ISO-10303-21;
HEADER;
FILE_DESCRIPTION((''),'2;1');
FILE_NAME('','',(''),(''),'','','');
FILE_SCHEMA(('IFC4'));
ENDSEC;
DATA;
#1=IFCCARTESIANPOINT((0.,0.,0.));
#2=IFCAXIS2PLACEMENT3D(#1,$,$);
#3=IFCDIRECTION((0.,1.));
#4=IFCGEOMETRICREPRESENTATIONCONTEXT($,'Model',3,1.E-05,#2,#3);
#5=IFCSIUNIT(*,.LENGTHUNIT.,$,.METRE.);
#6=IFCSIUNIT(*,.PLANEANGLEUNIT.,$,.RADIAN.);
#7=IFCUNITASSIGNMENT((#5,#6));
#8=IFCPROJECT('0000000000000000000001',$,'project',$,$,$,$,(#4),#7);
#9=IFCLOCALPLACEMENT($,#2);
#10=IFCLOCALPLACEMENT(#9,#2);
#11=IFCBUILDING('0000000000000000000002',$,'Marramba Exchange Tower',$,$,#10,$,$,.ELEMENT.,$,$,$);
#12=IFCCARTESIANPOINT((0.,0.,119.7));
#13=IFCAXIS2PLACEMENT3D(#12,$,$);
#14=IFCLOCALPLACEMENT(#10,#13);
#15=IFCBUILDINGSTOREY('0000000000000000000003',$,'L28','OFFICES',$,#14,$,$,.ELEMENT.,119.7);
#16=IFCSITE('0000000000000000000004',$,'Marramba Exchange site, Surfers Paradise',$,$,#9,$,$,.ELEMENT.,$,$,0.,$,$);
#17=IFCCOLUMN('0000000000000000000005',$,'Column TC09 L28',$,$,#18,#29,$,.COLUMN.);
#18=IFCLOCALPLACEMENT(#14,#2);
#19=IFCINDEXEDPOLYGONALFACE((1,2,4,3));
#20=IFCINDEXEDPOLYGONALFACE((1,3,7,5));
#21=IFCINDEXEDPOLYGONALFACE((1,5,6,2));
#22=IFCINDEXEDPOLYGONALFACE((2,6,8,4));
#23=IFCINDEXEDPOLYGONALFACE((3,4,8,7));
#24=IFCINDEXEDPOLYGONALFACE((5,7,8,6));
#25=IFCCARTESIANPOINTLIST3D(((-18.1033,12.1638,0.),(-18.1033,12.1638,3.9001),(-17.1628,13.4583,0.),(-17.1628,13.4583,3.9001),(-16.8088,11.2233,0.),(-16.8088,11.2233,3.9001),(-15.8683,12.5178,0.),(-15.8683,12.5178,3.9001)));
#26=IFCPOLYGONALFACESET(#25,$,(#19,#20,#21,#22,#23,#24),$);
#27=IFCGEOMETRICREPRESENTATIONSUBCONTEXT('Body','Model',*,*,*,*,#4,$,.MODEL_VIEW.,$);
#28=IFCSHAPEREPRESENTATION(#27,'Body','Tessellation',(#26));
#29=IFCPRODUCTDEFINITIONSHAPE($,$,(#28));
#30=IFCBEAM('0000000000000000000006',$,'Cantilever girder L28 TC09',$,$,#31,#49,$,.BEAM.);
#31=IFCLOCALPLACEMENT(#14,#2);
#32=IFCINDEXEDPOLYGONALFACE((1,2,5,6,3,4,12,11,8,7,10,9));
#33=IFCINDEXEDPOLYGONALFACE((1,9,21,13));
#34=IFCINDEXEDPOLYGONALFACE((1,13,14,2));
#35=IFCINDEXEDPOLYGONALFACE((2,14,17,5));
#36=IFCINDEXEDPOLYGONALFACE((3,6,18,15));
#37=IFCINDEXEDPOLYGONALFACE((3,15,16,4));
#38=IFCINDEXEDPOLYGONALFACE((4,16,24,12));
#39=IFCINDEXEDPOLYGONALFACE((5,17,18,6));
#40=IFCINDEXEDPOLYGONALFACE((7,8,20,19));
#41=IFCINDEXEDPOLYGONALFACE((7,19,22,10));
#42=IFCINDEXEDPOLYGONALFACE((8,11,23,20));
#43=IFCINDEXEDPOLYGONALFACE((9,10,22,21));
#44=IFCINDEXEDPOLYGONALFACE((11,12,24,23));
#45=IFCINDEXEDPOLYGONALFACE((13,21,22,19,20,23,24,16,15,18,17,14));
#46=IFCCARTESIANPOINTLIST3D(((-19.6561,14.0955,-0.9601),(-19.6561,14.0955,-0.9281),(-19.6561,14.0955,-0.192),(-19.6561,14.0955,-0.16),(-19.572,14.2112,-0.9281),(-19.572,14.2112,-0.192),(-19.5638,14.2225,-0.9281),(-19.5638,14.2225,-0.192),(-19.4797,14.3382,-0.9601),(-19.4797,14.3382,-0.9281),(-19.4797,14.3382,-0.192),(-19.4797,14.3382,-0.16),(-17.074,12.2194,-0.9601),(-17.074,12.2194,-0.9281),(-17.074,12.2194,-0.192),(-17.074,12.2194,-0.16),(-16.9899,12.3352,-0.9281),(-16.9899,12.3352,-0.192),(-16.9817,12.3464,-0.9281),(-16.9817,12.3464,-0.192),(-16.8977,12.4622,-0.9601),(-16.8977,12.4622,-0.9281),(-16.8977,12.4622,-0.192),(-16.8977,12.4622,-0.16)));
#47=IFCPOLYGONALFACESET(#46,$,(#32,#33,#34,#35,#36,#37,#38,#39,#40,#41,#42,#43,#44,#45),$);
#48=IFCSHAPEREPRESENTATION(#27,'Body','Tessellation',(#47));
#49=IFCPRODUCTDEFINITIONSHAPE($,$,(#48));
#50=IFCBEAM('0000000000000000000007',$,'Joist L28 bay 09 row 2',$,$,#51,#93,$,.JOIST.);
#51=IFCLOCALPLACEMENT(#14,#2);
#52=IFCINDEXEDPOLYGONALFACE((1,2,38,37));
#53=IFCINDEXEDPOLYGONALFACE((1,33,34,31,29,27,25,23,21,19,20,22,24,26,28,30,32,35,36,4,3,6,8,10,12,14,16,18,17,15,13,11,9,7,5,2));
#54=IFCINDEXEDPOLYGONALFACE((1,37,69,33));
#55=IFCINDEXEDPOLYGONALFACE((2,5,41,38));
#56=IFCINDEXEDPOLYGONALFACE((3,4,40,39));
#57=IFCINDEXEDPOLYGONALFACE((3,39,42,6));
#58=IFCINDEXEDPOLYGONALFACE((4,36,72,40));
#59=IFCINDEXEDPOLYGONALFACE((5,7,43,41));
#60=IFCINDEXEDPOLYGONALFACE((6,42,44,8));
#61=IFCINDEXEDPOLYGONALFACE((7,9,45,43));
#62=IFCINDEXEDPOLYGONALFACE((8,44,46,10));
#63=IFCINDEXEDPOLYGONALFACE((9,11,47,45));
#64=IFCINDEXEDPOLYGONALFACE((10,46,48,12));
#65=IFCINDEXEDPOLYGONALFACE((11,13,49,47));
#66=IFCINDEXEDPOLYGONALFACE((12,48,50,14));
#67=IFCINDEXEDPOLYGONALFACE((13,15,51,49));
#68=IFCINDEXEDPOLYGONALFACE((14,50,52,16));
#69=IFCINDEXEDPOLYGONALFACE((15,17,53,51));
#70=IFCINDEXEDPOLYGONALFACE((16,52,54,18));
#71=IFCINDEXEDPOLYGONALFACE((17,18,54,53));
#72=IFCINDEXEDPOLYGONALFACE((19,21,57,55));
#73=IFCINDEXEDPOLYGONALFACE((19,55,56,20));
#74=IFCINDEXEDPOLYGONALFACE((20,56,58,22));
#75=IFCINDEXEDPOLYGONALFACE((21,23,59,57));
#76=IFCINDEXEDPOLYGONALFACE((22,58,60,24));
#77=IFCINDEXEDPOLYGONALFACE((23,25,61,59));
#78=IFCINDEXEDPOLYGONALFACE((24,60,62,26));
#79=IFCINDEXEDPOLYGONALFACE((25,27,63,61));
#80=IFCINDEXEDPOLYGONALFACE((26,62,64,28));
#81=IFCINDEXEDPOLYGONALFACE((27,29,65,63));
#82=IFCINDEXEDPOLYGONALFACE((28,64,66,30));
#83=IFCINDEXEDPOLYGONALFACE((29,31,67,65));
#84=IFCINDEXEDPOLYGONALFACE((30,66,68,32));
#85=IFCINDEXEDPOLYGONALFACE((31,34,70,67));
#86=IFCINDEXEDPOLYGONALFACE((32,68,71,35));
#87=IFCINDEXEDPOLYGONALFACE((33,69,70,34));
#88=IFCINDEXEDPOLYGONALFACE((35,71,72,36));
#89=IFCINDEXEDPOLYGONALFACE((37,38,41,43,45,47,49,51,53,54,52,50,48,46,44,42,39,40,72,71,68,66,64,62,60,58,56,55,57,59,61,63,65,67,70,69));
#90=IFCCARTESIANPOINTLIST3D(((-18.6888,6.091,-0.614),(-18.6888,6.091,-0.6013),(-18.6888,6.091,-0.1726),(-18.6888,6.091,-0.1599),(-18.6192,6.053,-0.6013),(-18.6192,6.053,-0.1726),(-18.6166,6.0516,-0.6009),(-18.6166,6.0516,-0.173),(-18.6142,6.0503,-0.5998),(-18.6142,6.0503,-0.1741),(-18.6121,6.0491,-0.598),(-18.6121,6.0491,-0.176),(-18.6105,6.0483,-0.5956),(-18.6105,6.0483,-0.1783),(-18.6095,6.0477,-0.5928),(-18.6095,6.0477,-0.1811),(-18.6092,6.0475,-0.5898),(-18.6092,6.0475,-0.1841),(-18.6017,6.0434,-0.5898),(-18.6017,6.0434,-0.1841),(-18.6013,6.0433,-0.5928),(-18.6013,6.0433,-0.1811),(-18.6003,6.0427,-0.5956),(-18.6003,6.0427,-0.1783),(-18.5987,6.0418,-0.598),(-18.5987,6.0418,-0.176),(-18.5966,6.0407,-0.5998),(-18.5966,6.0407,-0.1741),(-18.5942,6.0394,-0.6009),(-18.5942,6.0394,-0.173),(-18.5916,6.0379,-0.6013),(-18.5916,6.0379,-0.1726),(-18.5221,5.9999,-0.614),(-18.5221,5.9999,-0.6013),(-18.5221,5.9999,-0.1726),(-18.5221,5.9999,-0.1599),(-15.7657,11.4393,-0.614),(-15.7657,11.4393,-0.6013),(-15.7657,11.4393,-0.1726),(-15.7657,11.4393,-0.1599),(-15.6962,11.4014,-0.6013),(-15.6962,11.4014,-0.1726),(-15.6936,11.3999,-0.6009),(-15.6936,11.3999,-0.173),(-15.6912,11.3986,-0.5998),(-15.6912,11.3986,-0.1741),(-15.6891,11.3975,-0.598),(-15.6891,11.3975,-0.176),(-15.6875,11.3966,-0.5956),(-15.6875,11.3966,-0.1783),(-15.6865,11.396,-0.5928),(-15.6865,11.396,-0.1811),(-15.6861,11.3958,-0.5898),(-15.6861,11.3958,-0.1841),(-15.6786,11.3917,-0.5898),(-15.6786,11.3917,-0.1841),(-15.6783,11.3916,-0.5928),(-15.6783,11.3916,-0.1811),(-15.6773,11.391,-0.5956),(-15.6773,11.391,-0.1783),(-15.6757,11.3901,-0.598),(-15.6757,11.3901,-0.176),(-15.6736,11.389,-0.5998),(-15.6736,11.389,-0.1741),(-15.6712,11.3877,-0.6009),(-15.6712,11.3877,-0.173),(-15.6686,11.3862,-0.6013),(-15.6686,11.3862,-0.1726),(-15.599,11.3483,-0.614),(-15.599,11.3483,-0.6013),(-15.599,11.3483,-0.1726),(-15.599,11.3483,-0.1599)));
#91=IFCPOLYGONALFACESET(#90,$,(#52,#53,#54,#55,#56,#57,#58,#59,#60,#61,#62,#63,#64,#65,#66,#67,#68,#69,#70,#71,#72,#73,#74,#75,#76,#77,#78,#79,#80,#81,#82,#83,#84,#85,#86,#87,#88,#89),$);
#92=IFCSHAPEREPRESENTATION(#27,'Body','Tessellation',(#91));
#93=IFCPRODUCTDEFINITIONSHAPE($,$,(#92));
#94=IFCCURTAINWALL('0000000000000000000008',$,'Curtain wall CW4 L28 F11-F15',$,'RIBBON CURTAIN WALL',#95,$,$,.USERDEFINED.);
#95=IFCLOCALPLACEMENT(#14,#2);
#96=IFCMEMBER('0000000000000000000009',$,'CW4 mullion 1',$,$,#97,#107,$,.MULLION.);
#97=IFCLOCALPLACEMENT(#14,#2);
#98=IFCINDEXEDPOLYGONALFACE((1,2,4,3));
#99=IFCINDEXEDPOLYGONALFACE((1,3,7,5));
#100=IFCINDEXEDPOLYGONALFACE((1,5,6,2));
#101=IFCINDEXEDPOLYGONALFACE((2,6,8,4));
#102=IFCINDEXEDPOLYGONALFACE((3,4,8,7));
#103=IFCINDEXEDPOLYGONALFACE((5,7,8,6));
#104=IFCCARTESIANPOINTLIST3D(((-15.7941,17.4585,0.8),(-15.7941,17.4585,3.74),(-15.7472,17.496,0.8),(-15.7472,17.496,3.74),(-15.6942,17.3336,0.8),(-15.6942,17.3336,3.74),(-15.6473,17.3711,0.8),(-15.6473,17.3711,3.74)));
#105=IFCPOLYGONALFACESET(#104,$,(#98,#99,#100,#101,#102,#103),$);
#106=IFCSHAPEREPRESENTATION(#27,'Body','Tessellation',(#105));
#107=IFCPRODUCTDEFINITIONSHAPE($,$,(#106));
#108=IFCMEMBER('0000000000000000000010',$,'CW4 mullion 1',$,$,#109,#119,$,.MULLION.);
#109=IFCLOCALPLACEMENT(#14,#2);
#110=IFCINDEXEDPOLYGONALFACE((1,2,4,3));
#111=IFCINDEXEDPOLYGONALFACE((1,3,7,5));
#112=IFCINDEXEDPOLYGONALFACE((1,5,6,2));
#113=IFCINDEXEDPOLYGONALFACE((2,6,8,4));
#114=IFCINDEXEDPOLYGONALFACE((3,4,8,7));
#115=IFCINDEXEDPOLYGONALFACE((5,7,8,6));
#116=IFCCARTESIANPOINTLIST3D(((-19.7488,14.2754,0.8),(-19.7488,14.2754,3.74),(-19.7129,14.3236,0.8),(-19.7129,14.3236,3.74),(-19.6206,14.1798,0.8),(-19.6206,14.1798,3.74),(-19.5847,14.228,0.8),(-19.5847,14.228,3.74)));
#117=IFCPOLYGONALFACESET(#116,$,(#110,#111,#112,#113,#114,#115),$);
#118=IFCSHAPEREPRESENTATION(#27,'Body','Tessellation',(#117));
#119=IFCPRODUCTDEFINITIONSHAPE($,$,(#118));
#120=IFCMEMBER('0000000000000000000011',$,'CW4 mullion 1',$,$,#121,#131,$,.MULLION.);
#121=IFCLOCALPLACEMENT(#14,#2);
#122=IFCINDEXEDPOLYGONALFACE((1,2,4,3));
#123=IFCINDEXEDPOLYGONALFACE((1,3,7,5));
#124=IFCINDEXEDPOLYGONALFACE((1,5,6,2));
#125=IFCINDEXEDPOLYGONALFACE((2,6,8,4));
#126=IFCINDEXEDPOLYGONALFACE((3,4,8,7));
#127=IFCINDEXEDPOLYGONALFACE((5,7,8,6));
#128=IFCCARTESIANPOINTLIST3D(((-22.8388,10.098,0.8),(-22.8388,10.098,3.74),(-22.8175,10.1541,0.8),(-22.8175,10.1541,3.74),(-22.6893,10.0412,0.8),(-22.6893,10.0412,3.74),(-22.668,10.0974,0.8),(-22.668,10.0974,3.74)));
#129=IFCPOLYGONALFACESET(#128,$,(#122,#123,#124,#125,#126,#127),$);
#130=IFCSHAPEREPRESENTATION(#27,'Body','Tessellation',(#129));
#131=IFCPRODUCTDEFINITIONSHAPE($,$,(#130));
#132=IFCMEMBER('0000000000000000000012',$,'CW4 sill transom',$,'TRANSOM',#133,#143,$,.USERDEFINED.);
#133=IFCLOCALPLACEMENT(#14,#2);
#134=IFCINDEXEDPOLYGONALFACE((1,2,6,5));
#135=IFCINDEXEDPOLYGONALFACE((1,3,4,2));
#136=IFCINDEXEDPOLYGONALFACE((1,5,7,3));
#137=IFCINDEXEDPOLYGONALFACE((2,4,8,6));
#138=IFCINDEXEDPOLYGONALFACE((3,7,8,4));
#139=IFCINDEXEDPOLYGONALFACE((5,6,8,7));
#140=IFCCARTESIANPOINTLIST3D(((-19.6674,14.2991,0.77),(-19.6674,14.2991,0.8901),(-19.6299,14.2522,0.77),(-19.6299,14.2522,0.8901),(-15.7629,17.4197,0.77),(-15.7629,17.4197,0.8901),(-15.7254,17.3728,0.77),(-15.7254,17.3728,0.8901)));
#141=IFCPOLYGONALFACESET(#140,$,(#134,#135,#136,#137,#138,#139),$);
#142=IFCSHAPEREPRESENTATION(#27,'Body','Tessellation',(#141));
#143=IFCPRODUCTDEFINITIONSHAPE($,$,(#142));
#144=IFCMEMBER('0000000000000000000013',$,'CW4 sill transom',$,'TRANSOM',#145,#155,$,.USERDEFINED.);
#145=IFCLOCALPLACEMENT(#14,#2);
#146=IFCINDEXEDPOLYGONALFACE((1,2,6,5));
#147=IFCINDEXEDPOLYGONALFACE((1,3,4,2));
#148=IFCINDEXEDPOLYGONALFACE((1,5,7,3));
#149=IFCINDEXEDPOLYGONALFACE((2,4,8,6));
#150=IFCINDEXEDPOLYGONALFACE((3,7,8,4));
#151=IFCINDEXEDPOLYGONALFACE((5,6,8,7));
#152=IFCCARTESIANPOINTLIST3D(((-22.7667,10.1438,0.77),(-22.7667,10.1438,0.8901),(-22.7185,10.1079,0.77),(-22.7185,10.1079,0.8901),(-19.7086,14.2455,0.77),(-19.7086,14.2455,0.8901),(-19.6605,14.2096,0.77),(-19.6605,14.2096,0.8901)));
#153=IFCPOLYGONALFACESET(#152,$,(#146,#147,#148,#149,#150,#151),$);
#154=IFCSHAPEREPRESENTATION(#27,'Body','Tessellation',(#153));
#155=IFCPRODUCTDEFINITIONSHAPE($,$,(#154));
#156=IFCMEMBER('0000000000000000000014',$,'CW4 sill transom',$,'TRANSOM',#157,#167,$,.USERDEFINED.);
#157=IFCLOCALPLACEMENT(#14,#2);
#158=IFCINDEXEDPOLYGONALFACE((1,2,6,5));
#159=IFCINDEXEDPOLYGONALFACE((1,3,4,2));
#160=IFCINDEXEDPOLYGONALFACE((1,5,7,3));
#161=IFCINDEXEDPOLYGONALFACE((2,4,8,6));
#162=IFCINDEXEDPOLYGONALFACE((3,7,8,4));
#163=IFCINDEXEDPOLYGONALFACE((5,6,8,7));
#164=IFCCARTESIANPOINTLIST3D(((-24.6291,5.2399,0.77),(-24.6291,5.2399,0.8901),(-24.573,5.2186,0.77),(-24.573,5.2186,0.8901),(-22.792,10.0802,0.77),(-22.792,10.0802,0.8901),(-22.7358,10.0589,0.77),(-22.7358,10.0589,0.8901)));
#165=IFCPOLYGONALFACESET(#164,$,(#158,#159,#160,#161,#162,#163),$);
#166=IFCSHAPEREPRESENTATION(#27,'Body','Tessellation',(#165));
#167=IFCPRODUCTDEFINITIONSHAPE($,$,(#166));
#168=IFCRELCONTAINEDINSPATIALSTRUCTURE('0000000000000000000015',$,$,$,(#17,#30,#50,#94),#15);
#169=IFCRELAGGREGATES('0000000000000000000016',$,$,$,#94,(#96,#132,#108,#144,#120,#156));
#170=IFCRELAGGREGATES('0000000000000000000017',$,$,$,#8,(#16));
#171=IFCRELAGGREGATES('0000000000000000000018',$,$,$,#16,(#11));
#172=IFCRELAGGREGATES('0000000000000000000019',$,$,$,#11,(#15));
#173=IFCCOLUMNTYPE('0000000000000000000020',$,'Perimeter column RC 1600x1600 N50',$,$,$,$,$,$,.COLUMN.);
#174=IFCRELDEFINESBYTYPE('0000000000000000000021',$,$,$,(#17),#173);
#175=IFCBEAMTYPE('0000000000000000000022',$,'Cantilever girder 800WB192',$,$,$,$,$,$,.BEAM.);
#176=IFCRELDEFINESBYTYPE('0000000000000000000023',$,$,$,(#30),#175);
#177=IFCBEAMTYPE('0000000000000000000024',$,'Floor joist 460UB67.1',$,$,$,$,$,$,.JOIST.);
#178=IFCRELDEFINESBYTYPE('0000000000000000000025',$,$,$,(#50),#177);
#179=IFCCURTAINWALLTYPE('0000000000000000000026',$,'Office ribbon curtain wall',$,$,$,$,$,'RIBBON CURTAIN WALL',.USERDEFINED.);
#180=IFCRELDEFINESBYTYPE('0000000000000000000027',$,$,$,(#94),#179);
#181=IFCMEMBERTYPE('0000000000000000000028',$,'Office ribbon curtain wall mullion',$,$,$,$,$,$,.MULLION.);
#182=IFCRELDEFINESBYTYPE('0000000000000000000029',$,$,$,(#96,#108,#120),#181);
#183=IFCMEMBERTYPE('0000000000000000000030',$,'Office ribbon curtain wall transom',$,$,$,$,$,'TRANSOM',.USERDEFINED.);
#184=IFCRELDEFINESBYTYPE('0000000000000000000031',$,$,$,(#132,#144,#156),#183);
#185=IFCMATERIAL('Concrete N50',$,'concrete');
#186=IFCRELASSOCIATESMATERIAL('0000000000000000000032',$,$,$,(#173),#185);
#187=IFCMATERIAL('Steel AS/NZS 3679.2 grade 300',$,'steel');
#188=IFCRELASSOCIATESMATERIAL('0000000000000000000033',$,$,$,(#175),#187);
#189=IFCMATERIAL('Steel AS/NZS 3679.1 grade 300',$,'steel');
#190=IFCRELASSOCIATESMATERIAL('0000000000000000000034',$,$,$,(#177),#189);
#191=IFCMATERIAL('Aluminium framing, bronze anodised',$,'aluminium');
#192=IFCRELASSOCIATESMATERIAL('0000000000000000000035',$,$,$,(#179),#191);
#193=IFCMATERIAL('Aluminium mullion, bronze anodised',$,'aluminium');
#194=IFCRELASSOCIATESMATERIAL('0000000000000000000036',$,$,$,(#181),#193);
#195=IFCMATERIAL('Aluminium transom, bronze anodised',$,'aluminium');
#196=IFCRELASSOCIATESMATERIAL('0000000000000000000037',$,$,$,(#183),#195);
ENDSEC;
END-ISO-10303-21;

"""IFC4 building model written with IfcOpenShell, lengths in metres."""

from ifc_helpers import new_model, si_unit, direction, frame, origin, origin_2d, place, context, subcontext, project, spatial, rectangle, i_section, extrude, material, material_profile, profile_set, type_object, element, aggregate, save


model = new_model("IFC4")

# Units and contexts
model_context = context("Model", 3, precision=1e-05, world=origin(), true_north=direction((0.0, 1.0)))
body_context = subcontext(model_context, "Body", "Model", "MODEL_VIEW")
ifc_project = project(units=[si_unit("LENGTHUNIT", "METRE"), si_unit("PLANEANGLEUNIT", "RADIAN")], contexts=[model_context])

# Site, building, storey
site_placement = place(None, origin())
site = spatial("IfcSite", under=ifc_project, at=site_placement, Name="Marramba Exchange site, Surfers Paradise", CompositionType="ELEMENT", RefElevation=0.0)
building_placement = place(site_placement, origin())
building = spatial("IfcBuilding", under=site, at=building_placement, Name="Marramba Exchange Tower", CompositionType="ELEMENT")
storey_placement = place(building_placement, frame((0.0, 0.0, 119.7)))
storey = spatial("IfcBuildingStorey", under=building, at=storey_placement, Name="L28", Description="OFFICES", CompositionType="ELEMENT", Elevation=119.7)

# Column
ifc_material_1 = material(Name="Concrete N50", Category="concrete")
ifc_material_profile_1 = material_profile(ifc_material_1, rectangle(XDim=1.6001, YDim=1.6001, at=origin_2d()), Name="RC 1600x1600")
ifc_profile_set_1 = profile_set([ifc_material_profile_1], Name="Concrete N50")
column_type = type_object("IfcColumnType", Name="Perimeter column RC 1600x1600 N50", PredefinedType="COLUMN", material=ifc_profile_set_1)
column_placement = place(storey_placement, frame((-16.9858, 12.3408, 0.0), z_axis=(0.0, 0.0, 1.0), x_axis=(-0.809017, 0.587785, 0.0)))
element("IfcColumn", 1, at=column_placement, inside=storey, type_object=column_type, Name="Column TC09 L28", PredefinedType="COLUMN", context=body_context, shape_type="SweptSolid", body=[
    extrude(rectangle(XDim=1.6001, YDim=1.6001, at=origin_2d()), origin(), (0.0, 0.0, 1.0), 3.9001),
])

# Beams
ifc_material_2 = material(Name="Steel AS/NZS 3679.2 grade 300", Category="steel")
ifc_material_profile_2 = material_profile(ifc_material_2, i_section(OverallWidth=0.3, OverallDepth=0.8, WebThickness=0.0139, FlangeThickness=0.032, at=origin_2d()), Name="800WB192")
ifc_profile_set_2 = profile_set([ifc_material_profile_2], Name="Steel AS/NZS 3679.2 grade 300")
beam_type_1 = type_object("IfcBeamType", Name="Cantilever girder 800WB192", PredefinedType="BEAM", material=ifc_profile_set_2)
beam_1_placement = place(storey_placement, frame((-16.9858, 12.3408, -0.5601), z_axis=(-0.809014, 0.58779, 0.0), x_axis=(-0.58779, -0.809014, 0.0)))
element("IfcBeam", 2, at=beam_1_placement, inside=storey, type_object=beam_type_1, Name="Cantilever girder L28 TC09", PredefinedType="BEAM", context=body_context, shape_type="SweptSolid", body=[
    extrude(i_section(OverallWidth=0.3, OverallDepth=0.8, WebThickness=0.0139, FlangeThickness=0.032, at=origin_2d()), origin(), (0.0, 0.0, 1.0), 3.1917),
])
ifc_material_3 = material(Name="Steel AS/NZS 3679.1 grade 300", Category="steel")
ifc_material_profile_3 = material_profile(ifc_material_3, i_section(OverallWidth=0.1899, OverallDepth=0.4541, WebThickness=0.0085, FlangeThickness=0.0127, FilletRadius=0.0115, at=origin_2d()), Name="460UB67.1")
ifc_profile_set_3 = profile_set([ifc_material_profile_3], Name="Steel AS/NZS 3679.1 grade 300")
beam_type_2 = type_object("IfcBeamType", Name="Floor joist 460UB67.1", PredefinedType="JOIST", material=ifc_profile_set_3)
beam_2_placement = place(storey_placement, frame((-15.6824, 11.3938, -0.387), z_axis=(-0.479584, -0.877496, 0.0), x_axis=(0.877496, -0.479584, 0.0)))
element("IfcBeam", 3, at=beam_2_placement, inside=storey, type_object=beam_type_2, Name="Joist L28 bay 09 row 2", PredefinedType="JOIST", context=body_context, shape_type="SweptSolid", body=[
    extrude(i_section(OverallWidth=0.1899, OverallDepth=0.4541, WebThickness=0.0085, FlangeThickness=0.0127, FilletRadius=0.0115, at=origin_2d()), origin(), (0.0, 0.0, 1.0), 6.095),
])

# Curtain wall, members
ifc_material_4 = material(Name="Aluminium framing, bronze anodised", Category="aluminium")
curtain_wall_type = type_object("IfcCurtainWallType", Name="Office ribbon curtain wall", ElementType="RIBBON CURTAIN WALL", PredefinedType="USERDEFINED", material=ifc_material_4)
curtain_wall_placement = place(storey_placement, origin())
curtain_wall = element("IfcCurtainWall", 4, at=curtain_wall_placement, inside=storey, type_object=curtain_wall_type, Name="Curtain wall CW4 L28 F11-F15", ObjectType="RIBBON CURTAIN WALL", PredefinedType="USERDEFINED")
ifc_material_5 = material(Name="Aluminium mullion, bronze anodised", Category="aluminium")
ifc_material_profile_4 = material_profile(ifc_material_5, rectangle(XDim=0.1599, YDim=0.0601, at=origin_2d()), Name="CW4 mullion 60x160")
ifc_profile_set_4 = profile_set([ifc_material_profile_4], Name="Aluminium mullion, bronze anodised")
member_type_1 = type_object("IfcMemberType", Name="Office ribbon curtain wall mullion", PredefinedType="MULLION", material=ifc_profile_set_4)
member_1_placement = place(storey_placement, frame((-15.7207, 17.4148, 0.8), z_axis=(0.0, 0.0, 1.0), x_axis=(0.624308, -0.781178, 0.0)))
member_1 = element("IfcMember", 5, at=member_1_placement, type_object=member_type_1, Name="CW4 mullion 1", PredefinedType="MULLION", context=body_context, shape_type="SweptSolid", body=[
    extrude(rectangle(XDim=0.1599, YDim=0.0601, at=origin_2d()), origin(), (0.0, 0.0, 1.0), 2.9399),
])
member_2_placement = place(storey_placement, frame((-19.6667, 14.2517, 0.8), z_axis=(0.0, 0.0, 1.0), x_axis=(0.801717, -0.597704, 0.0)))
member_2 = element("IfcMember", 6, at=member_2_placement, type_object=member_type_1, Name="CW4 mullion 1", PredefinedType="MULLION", context=body_context, shape_type="SweptSolid", body=[
    extrude(rectangle(XDim=0.1599, YDim=0.0601, at=origin_2d()), origin(), (0.0, 0.0, 1.0), 2.9399),
])
member_3_placement = place(storey_placement, frame((-22.7534, 10.0977, 0.8), z_axis=(0.0, 0.0, 1.0), x_axis=(0.934925, -0.354844, 0.0)))
member_3 = element("IfcMember", 7, at=member_3_placement, type_object=member_type_1, Name="CW4 mullion 1", PredefinedType="MULLION", context=body_context, shape_type="SweptSolid", body=[
    extrude(rectangle(XDim=0.1599, YDim=0.0601, at=origin_2d()), origin(), (0.0, 0.0, 1.0), 2.9399),
])
ifc_material_6 = material(Name="Aluminium transom, bronze anodised", Category="aluminium")
ifc_material_profile_5 = material_profile(ifc_material_6, rectangle(XDim=0.0601, YDim=0.1201, at=origin_2d()), Name="CW4 transom 60x120")
ifc_profile_set_5 = profile_set([ifc_material_profile_5], Name="Aluminium transom, bronze anodised")
member_type_2 = type_object("IfcMemberType", Name="Office ribbon curtain wall transom", ElementType="TRANSOM", PredefinedType="USERDEFINED", material=ifc_profile_set_5)
member_4_placement = place(storey_placement, frame((-15.7441, 17.3962, 0.8301), z_axis=(-0.781164, -0.624326, 0.0), x_axis=(0.624326, -0.781164, 0.0)))
member_4 = element("IfcMember", 8, at=member_4_placement, type_object=member_type_2, Name="CW4 sill transom", ObjectType="TRANSOM", PredefinedType="USERDEFINED", context=body_context, shape_type="SweptSolid", body=[
    extrude(rectangle(XDim=0.0601, YDim=0.1201, at=origin_2d()), origin(), (0.0, 0.0, 1.0), 4.9983),
])
member_5_placement = place(storey_placement, frame((-19.6846, 14.2275, 0.8301), z_axis=(-0.597715, -0.801709, 0.0), x_axis=(0.801709, -0.597715, 0.0)))
member_5 = element("IfcMember", 9, at=member_5_placement, type_object=member_type_2, Name="CW4 sill transom", ObjectType="TRANSOM", PredefinedType="USERDEFINED", context=body_context, shape_type="SweptSolid", body=[
    extrude(rectangle(XDim=0.0601, YDim=0.1201, at=origin_2d()), origin(), (0.0, 0.0, 1.0), 5.1162),
])
member_6_placement = place(storey_placement, frame((-22.7639, 10.0696, 0.8301), z_axis=(-0.354852, -0.934923, 0.0), x_axis=(0.934923, -0.354852, 0.0)))
member_6 = element("IfcMember", 10, at=member_6_placement, type_object=member_type_2, Name="CW4 sill transom", ObjectType="TRANSOM", PredefinedType="USERDEFINED", context=body_context, shape_type="SweptSolid", body=[
    extrude(rectangle(XDim=0.0601, YDim=0.1201, at=origin_2d()), origin(), (0.0, 0.0, 1.0), 5.1772),
])

aggregate(curtain_wall, [member_1, member_4, member_2, member_5, member_3, member_6])

save(model, "model.ifc")
